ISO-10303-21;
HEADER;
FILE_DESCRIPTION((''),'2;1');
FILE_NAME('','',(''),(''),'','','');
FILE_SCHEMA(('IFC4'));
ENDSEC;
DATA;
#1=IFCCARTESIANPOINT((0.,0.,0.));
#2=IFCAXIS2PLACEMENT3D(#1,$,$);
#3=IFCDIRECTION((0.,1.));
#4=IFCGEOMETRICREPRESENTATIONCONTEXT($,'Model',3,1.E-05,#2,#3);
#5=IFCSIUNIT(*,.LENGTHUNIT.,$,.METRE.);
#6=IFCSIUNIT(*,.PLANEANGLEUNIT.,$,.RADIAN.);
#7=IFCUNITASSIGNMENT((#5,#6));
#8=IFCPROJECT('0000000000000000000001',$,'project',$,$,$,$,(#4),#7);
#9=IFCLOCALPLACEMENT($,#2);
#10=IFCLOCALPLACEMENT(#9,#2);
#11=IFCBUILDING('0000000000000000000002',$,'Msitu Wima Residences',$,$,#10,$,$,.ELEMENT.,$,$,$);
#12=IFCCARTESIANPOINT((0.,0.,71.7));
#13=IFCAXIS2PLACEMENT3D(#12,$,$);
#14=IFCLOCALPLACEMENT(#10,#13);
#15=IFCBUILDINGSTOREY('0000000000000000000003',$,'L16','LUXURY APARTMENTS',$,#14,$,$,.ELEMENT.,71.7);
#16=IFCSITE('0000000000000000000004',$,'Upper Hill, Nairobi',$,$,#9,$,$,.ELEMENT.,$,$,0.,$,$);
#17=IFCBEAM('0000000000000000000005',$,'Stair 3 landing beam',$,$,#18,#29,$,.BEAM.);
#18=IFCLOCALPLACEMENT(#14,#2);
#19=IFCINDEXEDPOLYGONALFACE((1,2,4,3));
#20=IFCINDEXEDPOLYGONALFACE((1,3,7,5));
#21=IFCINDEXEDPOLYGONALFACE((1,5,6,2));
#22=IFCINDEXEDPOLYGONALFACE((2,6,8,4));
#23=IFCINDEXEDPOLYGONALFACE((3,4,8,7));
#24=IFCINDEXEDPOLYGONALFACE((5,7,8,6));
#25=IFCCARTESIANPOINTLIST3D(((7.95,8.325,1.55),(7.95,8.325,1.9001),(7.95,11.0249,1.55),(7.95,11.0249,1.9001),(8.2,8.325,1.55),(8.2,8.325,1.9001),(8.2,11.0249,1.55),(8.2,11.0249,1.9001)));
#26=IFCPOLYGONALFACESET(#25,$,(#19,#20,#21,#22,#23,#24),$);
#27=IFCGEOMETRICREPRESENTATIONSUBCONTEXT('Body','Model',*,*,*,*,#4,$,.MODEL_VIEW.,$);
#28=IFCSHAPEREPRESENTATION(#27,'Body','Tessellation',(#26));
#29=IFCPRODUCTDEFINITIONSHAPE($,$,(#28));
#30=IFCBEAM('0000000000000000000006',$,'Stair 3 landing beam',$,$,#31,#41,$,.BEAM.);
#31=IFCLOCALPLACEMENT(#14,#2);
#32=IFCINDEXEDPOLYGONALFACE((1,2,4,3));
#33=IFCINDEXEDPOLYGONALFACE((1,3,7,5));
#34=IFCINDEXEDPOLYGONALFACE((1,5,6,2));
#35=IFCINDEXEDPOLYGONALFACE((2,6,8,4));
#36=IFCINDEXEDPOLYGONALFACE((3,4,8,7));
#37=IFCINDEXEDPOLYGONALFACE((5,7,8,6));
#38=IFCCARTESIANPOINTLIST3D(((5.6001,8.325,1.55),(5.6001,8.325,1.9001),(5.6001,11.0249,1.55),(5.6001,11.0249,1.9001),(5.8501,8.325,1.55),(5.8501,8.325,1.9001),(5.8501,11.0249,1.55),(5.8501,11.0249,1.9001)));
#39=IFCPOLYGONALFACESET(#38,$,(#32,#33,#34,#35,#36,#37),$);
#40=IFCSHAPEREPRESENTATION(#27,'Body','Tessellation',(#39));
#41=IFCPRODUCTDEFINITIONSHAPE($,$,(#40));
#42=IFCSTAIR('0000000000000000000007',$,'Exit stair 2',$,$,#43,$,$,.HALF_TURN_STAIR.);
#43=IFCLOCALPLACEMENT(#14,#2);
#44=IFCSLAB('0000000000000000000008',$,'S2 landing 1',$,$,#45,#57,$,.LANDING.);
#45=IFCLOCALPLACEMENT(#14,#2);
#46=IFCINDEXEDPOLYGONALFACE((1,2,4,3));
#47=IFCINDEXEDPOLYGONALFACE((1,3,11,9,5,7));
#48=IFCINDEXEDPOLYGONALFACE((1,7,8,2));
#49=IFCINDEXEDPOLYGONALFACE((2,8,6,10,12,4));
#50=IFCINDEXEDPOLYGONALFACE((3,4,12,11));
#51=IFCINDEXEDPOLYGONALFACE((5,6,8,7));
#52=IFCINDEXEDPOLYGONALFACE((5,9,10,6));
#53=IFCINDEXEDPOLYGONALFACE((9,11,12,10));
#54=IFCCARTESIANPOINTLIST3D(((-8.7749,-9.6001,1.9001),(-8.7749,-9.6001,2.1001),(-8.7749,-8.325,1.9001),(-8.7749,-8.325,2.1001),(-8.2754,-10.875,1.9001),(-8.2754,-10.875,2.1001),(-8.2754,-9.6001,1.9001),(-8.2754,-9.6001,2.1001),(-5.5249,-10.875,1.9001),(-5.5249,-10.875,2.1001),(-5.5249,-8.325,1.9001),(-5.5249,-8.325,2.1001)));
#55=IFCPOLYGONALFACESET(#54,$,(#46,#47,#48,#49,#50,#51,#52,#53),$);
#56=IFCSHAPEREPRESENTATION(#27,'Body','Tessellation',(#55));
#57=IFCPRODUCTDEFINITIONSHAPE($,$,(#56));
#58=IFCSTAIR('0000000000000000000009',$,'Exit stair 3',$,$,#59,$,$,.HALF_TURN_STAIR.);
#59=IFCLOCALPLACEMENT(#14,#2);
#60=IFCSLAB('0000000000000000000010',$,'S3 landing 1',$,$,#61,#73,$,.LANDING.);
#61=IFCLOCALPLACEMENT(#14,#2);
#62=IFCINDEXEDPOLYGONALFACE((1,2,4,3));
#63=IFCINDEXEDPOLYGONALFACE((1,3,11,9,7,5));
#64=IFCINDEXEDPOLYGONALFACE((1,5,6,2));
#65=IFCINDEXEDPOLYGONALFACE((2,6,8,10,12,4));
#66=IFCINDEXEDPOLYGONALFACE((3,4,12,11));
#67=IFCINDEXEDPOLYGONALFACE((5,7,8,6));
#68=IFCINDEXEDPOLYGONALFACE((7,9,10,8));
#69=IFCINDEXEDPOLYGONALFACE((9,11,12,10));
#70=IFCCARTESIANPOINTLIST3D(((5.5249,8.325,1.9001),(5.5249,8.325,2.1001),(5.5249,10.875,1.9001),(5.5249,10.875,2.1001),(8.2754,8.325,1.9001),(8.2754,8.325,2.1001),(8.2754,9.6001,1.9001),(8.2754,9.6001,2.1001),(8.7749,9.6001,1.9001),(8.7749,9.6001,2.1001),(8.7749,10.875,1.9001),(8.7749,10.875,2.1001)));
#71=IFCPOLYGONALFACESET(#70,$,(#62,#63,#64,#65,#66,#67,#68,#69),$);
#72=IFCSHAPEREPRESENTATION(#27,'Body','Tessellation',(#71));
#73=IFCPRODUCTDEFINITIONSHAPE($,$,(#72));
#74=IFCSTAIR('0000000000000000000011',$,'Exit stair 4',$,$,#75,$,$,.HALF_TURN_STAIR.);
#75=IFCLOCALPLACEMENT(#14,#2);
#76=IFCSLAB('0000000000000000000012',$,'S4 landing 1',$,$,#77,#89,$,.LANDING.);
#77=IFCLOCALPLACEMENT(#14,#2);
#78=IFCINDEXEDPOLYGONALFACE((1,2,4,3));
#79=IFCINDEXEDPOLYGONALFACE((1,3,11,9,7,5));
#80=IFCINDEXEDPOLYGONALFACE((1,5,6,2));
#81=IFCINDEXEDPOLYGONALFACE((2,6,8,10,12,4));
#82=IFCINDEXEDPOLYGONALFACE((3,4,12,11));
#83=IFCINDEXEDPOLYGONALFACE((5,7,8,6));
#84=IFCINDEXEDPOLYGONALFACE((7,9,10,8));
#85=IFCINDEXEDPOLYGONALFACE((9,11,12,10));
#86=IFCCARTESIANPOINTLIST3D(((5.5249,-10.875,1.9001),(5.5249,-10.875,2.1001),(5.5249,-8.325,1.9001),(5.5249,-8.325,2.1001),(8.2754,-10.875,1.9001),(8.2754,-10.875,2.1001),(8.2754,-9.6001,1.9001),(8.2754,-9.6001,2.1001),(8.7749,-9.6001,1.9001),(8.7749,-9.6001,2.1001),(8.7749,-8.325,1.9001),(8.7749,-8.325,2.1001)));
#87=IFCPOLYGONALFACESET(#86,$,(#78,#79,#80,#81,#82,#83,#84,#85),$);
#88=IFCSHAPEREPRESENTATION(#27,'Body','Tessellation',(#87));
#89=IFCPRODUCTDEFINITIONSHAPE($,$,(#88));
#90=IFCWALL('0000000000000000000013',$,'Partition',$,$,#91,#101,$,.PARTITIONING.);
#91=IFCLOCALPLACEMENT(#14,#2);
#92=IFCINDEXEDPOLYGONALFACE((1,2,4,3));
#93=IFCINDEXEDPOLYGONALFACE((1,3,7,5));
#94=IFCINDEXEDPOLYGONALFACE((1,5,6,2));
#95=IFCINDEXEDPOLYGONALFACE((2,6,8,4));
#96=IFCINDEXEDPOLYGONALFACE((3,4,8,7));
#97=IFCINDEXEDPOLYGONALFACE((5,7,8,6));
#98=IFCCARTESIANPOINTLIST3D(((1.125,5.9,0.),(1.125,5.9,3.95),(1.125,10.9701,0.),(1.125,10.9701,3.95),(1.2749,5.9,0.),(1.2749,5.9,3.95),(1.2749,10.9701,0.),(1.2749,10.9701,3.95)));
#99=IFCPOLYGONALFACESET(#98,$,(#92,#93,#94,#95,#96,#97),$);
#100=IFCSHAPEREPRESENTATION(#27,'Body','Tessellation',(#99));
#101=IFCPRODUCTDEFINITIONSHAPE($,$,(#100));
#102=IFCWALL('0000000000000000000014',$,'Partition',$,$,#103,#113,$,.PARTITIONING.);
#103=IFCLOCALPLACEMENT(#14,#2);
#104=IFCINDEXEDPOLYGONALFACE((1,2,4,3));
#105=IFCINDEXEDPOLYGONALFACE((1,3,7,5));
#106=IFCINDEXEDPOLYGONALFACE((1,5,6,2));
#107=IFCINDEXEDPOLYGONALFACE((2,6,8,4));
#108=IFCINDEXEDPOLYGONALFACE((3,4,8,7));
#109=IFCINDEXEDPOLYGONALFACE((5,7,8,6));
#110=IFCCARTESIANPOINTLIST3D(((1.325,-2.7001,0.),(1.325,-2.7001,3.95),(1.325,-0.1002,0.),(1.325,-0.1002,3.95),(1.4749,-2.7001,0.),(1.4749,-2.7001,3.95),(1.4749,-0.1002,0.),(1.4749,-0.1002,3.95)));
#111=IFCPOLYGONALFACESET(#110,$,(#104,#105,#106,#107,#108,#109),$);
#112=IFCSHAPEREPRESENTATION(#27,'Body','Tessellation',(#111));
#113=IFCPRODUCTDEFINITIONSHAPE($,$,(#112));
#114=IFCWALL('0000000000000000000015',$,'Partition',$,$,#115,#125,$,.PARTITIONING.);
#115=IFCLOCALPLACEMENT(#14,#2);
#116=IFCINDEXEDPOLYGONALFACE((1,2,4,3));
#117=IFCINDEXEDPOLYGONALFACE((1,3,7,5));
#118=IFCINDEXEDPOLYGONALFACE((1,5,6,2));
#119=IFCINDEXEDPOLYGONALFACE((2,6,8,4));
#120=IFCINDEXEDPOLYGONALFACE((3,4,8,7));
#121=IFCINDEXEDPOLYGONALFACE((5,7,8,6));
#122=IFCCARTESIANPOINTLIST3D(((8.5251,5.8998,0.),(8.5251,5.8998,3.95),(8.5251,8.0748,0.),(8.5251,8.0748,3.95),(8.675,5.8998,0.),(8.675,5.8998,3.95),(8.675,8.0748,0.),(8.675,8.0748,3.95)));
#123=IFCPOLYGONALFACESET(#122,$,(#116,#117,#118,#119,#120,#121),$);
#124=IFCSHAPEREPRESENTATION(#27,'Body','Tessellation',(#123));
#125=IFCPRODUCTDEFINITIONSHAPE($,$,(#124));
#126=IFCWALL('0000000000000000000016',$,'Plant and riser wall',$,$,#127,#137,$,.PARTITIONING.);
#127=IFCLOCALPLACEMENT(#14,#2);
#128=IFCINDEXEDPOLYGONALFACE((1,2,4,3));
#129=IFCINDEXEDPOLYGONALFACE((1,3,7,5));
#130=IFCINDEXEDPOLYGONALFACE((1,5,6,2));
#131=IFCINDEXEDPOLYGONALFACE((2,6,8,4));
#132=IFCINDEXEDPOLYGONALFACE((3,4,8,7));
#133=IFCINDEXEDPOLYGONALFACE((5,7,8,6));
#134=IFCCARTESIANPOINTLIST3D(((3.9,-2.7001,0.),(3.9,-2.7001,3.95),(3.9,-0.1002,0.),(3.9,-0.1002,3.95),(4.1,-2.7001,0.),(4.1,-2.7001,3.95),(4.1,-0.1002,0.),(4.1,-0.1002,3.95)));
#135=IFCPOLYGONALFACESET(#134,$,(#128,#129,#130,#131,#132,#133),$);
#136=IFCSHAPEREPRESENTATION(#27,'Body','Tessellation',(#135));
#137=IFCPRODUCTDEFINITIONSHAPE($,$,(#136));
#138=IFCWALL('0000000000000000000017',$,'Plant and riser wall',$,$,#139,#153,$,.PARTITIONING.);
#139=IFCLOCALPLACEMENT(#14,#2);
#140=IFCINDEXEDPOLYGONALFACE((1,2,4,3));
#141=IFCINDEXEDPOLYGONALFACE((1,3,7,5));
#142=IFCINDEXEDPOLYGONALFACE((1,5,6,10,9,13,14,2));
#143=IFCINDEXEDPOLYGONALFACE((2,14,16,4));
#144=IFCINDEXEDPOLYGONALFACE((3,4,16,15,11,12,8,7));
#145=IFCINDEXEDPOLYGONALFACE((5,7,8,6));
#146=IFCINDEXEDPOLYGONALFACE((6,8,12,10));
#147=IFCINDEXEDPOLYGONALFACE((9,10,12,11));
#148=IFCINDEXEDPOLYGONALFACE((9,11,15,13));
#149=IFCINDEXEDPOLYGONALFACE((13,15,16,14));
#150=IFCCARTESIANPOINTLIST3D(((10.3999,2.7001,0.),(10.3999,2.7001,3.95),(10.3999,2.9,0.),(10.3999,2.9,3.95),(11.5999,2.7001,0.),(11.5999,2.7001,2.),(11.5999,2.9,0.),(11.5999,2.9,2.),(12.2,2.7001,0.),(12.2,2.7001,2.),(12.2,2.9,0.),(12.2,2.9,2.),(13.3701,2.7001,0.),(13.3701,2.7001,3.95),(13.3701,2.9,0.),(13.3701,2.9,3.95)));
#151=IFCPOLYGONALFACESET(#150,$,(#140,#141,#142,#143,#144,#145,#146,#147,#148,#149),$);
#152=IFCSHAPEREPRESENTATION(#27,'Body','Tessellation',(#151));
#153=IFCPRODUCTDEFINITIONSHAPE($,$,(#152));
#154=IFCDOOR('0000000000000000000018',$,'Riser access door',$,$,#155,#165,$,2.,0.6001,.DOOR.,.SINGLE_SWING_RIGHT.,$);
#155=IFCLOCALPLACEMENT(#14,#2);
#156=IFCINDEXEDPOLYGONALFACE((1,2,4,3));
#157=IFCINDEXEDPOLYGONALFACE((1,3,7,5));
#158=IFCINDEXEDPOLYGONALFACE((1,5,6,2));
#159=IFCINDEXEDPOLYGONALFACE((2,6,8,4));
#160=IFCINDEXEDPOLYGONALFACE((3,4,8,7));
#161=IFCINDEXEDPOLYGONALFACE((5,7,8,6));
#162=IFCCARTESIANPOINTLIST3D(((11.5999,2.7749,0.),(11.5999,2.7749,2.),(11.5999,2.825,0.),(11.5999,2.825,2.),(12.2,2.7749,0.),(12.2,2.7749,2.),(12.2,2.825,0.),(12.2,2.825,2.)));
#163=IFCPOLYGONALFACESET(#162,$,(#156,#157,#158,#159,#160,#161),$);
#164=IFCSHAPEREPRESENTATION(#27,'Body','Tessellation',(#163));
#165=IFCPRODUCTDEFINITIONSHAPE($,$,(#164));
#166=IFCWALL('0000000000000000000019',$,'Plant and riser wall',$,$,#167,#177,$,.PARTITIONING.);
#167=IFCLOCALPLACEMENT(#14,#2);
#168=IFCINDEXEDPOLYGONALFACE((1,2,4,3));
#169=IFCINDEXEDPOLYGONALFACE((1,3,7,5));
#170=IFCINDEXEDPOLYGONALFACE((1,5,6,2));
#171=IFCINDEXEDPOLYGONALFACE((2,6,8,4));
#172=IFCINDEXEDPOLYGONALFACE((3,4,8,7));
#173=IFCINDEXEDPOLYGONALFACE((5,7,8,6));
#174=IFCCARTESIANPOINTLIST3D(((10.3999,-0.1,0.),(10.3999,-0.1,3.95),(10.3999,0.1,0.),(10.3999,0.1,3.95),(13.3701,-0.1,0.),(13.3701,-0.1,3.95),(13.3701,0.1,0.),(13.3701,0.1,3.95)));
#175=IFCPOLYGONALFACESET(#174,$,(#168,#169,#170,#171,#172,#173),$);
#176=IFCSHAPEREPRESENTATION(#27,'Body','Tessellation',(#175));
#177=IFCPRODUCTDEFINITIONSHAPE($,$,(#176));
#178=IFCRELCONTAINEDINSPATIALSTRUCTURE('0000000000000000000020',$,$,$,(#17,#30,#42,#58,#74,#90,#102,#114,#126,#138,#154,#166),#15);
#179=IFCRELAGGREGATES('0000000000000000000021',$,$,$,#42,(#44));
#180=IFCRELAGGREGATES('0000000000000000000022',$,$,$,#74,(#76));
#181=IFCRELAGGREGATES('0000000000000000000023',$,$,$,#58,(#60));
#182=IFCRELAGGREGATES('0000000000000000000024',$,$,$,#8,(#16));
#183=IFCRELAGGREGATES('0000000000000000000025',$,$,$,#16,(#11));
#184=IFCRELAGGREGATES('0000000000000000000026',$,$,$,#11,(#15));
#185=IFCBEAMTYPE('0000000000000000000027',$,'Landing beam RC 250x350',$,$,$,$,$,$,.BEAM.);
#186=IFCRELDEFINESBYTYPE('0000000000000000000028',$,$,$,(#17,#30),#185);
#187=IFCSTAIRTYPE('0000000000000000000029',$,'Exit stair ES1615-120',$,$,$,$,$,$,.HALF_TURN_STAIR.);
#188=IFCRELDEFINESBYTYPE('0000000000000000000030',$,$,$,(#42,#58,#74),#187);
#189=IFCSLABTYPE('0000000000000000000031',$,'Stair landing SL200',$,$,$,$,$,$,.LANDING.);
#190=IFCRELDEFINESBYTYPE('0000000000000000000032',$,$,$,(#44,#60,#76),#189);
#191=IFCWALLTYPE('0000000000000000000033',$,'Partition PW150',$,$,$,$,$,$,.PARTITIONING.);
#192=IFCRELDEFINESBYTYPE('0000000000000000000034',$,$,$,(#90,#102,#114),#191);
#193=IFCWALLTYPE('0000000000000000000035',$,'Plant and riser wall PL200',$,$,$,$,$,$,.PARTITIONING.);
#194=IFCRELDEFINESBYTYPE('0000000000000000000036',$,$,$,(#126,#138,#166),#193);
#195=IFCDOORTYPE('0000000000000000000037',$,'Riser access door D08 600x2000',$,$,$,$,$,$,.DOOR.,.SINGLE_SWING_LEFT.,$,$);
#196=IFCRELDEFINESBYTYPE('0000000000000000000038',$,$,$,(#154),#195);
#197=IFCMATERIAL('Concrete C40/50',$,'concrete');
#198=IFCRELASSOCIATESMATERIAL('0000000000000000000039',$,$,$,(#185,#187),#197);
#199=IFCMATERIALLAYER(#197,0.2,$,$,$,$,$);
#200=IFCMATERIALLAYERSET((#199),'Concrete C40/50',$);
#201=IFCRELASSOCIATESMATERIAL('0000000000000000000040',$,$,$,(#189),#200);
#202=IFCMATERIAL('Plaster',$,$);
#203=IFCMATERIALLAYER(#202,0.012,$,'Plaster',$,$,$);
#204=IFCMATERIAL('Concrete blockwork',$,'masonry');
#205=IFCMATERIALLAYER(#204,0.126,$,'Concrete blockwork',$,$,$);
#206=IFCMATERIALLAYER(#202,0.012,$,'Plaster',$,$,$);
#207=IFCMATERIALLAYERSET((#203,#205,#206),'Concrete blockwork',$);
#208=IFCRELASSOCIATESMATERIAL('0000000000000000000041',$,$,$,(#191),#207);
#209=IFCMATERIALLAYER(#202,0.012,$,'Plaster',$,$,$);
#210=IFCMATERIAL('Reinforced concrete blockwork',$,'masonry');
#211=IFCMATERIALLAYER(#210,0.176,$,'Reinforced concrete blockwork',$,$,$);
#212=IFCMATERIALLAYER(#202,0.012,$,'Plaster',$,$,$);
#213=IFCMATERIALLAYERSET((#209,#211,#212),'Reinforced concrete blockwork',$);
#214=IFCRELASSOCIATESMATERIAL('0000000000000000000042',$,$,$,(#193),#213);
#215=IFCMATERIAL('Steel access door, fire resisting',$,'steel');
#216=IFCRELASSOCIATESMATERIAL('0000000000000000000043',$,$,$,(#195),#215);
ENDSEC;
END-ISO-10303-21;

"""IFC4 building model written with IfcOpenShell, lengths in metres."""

from ifc_helpers import new_model, si_unit, direction, frame, frame_2d, origin, origin_2d, place, context, subcontext, project, spatial, polyline, rectangle, outline, extrude, material, layer, layer_set, material_profile, profile_set, type_object, element, fill, aggregate, save


model = new_model("IFC4")

# Units and contexts
model_context = context("Model", 3, precision=1e-05, world=origin(), true_north=direction((0.0, 1.0)))
body_context = subcontext(model_context, "Body", "Model", "MODEL_VIEW")
ifc_project = project(units=[si_unit("LENGTHUNIT", "METRE"), si_unit("PLANEANGLEUNIT", "RADIAN")], contexts=[model_context])

# Site, building, storey
site_placement = place(None, origin())
site = spatial("IfcSite", under=ifc_project, at=site_placement, Name="Upper Hill, Nairobi", CompositionType="ELEMENT", RefElevation=0.0)
building_placement = place(site_placement, origin())
building = spatial("IfcBuilding", under=site, at=building_placement, Name="Msitu Wima Residences", CompositionType="ELEMENT")
storey_placement = place(building_placement, frame((0.0, 0.0, 71.7)))
storey = spatial("IfcBuildingStorey", under=building, at=storey_placement, Name="L16", Description="LUXURY APARTMENTS", CompositionType="ELEMENT", Elevation=71.7)

# Beams
ifc_material_1 = material(Name="Concrete C40/50", Category="concrete")
ifc_material_profile = material_profile(ifc_material_1, rectangle(XDim=0.25, YDim=0.3501, at=origin_2d()), Name="RC 250x350")
ifc_profile_set = profile_set([ifc_material_profile], Name="Concrete C40/50")
beam_type = type_object("IfcBeamType", Name="Landing beam RC 250x350", PredefinedType="BEAM", material=ifc_profile_set)
for number, where, z_axis, x_axis, name in (
    (1, (8.075, 8.325, 1.7251), (0.0, 1.0, 0.0), (-1.0, 0.0, 0.0), "Stair 3 landing beam"),
    (2, (5.7251, 8.325, 1.7251), (0.0, 1.0, 0.0), (-1.0, 0.0, 0.0), "Stair 3 landing beam"),
):
    element("IfcBeam", number, at=place(storey_placement, frame(where, z_axis=z_axis, x_axis=x_axis)), inside=storey, type_object=beam_type, Name=name, PredefinedType="BEAM", context=body_context, shape_type="SweptSolid", body=[
        extrude(rectangle(XDim=0.25, YDim=0.3501, at=origin_2d()), origin(), (0.0, 0.0, 1.0), 2.7),
    ])

# Stairs, slabs
stair_type = type_object("IfcStairType", Name="Exit stair ES1615-120", PredefinedType="HALF_TURN_STAIR", material=ifc_material_1)
stair_1_placement = place(storey_placement, origin())
stair_1 = element("IfcStair", 3, at=stair_1_placement, inside=storey, type_object=stair_type, Name="Exit stair 2", PredefinedType="HALF_TURN_STAIR")
ifc_layer_1 = layer(ifc_material_1, 0.2)
ifc_layer_set_1 = layer_set([ifc_layer_1], Name="Concrete C40/50")
slab_type = type_object("IfcSlabType", Name="Stair landing SL200", PredefinedType="LANDING", material=ifc_layer_set_1)
slab_1_placement = place(storey_placement, frame((0.0, 0.0, 1.9001)))
slab_1 = element("IfcSlab", 4, at=slab_1_placement, type_object=slab_type, Name="S2 landing 1", PredefinedType="LANDING", context=body_context, shape_type="SweptSolid", body=[
    extrude(outline(polyline([(-5.5249, -10.875), (-8.2754, -10.875), (-8.2754, -9.6001), (-8.7749, -9.6001), (-8.7749, -8.325), (-5.5249, -8.325), (-5.5249, -10.875)])), origin(), (0.0, 0.0, 1.0), 0.2),
])
aggregate(stair_1, [slab_1])
stair_2_placement = place(storey_placement, origin())
stair_2 = element("IfcStair", 5, at=stair_2_placement, inside=storey, type_object=stair_type, Name="Exit stair 3", PredefinedType="HALF_TURN_STAIR")
slab_2_placement = place(storey_placement, frame((0.0, 0.0, 1.9001)))
slab_2 = element("IfcSlab", 6, at=slab_2_placement, type_object=slab_type, Name="S3 landing 1", PredefinedType="LANDING", context=body_context, shape_type="SweptSolid", body=[
    extrude(outline(polyline([(5.5249, 8.325), (8.2754, 8.325), (8.2754, 9.6001), (8.7749, 9.6001), (8.7749, 10.875), (5.5249, 10.875), (5.5249, 8.325)])), origin(), (0.0, 0.0, 1.0), 0.2),
])
stair_3_placement = place(storey_placement, origin())
stair_3 = element("IfcStair", 7, at=stair_3_placement, inside=storey, type_object=stair_type, Name="Exit stair 4", PredefinedType="HALF_TURN_STAIR")
slab_3_placement = place(storey_placement, frame((0.0, 0.0, 1.9001)))
slab_3 = element("IfcSlab", 8, at=slab_3_placement, type_object=slab_type, Name="S4 landing 1", PredefinedType="LANDING", context=body_context, shape_type="SweptSolid", body=[
    extrude(outline(polyline([(5.5249, -10.875), (8.2754, -10.875), (8.2754, -9.6001), (8.7749, -9.6001), (8.7749, -8.325), (5.5249, -8.325), (5.5249, -10.875)])), origin(), (0.0, 0.0, 1.0), 0.2),
])
aggregate(stair_3, [slab_3])

# Walls
ifc_material_2 = material(Name="Plaster")
ifc_layer_2 = layer(ifc_material_2, 0.012, Name="Plaster")
ifc_material_3 = material(Name="Concrete blockwork", Category="masonry")
ifc_layer_3 = layer(ifc_material_3, 0.126, Name="Concrete blockwork")
ifc_layer_4 = layer(ifc_material_2, 0.012, Name="Plaster")
ifc_layer_set_2 = layer_set([ifc_layer_2, ifc_layer_3, ifc_layer_4], Name="Concrete blockwork")
wall_type_1 = type_object("IfcWallType", Name="Partition PW150", PredefinedType="PARTITIONING", material=ifc_layer_set_2)
wall_1_placement = place(storey_placement, frame((1.2, 5.8999, 0.0), z_axis=(0.0, 0.0, 1.0), x_axis=(0.0, 1.0, 0.0)))
element("IfcWall", 9, at=wall_1_placement, inside=storey, type_object=wall_type_1, Name="Partition", PredefinedType="PARTITIONING", context=body_context, shape_type="SweptSolid", body=[
    extrude(rectangle(XDim=5.0701, YDim=0.1499, at=frame_2d((2.5352, 0.0))), origin(), (0.0, 0.0, 1.0), 3.95),
])
wall_2_placement = place(storey_placement, frame((1.3999, -2.7, 0.0), z_axis=(0.0, 0.0, 1.0), x_axis=(0.0, 1.0, 0.0)))
element("IfcWall", 10, at=wall_2_placement, inside=storey, type_object=wall_type_1, Name="Partition", PredefinedType="PARTITIONING", context=body_context, shape_type="SweptSolid", body=[
    extrude(rectangle(XDim=2.5999, YDim=0.1499, at=frame_2d((1.2998, 0.0))), origin(), (0.0, 0.0, 1.0), 3.95),
])
wall_3_placement = place(storey_placement, frame((8.6001, 5.8999, 0.0), z_axis=(0.0, 0.0, 1.0), x_axis=(0.0, 1.0, 0.0)))
element("IfcWall", 11, at=wall_3_placement, inside=storey, type_object=wall_type_1, Name="Partition", PredefinedType="PARTITIONING", context=body_context, shape_type="SweptSolid", body=[
    extrude(rectangle(XDim=2.175, YDim=0.1499, at=frame_2d((1.0874, 0.0))), origin(), (0.0, 0.0, 1.0), 3.95),
])
ifc_layer_5 = layer(ifc_material_2, 0.012, Name="Plaster")
ifc_material_4 = material(Name="Reinforced concrete blockwork", Category="masonry")
ifc_layer_6 = layer(ifc_material_4, 0.176, Name="Reinforced concrete blockwork")
ifc_layer_7 = layer(ifc_material_2, 0.012, Name="Plaster")
ifc_layer_set_3 = layer_set([ifc_layer_5, ifc_layer_6, ifc_layer_7], Name="Reinforced concrete blockwork")
wall_type_2 = type_object("IfcWallType", Name="Plant and riser wall PL200", PredefinedType="PARTITIONING", material=ifc_layer_set_3)
wall_4_placement = place(storey_placement, frame((4.0, -2.7, 0.0), z_axis=(0.0, 0.0, 1.0), x_axis=(0.0, 1.0, 0.0)))
element("IfcWall", 12, at=wall_4_placement, inside=storey, type_object=wall_type_2, Name="Plant and riser wall", PredefinedType="PARTITIONING", context=body_context, shape_type="SweptSolid", body=[
    extrude(rectangle(XDim=2.5999, YDim=0.2, at=frame_2d((1.2998, 0.0))), origin(), (0.0, 0.0, 1.0), 3.95),
])

# Wall, opening, door
wall_5_placement = place(storey_placement, frame((10.3999, 2.8, 0.0), z_axis=(0.0, 0.0, 1.0), x_axis=(1.0, 0.0, 0.0)))
wall_5 = element("IfcWall", 13, at=wall_5_placement, inside=storey, type_object=wall_type_2, Name="Plant and riser wall", PredefinedType="PARTITIONING", context=body_context, shape_type="SweptSolid", body=[
    extrude(rectangle(XDim=2.9702, YDim=0.2, at=frame_2d((1.4851, 0.0))), origin(), (0.0, 0.0, 1.0), 3.95),
])
opening_placement = place(wall_5_placement, frame((1.2, 0.0, 0.0)))
opening = element("IfcOpeningElement", 14, at=opening_placement, cuts=wall_5, PredefinedType="OPENING", context=body_context, shape_type="SweptSolid", body=[
    extrude(rectangle(XDim=0.6001, YDim=2.0, at=frame_2d((0.3, 1.0))), frame((0.0, 0.1099, 0.0), z_axis=(0.0, -1.0, 0.0), x_axis=(1.0, 0.0, 0.0)), (0.0, 0.0, 1.0), 0.22),
])
ifc_material_5 = material(Name="Steel access door, fire resisting", Category="steel")
door_type = type_object("IfcDoorType", Name="Riser access door D08 600x2000", OperationType="SINGLE_SWING_LEFT", PredefinedType="DOOR", material=ifc_material_5)
door_placement = place(opening_placement, origin())
door = element("IfcDoor", 15, at=door_placement, inside=storey, type_object=door_type, Name="Riser access door", OperationType="SINGLE_SWING_RIGHT", OverallHeight=2.0, OverallWidth=0.6001, PredefinedType="DOOR", context=body_context, shape_type="SweptSolid", body=[
    extrude(rectangle(XDim=0.6001, YDim=2.0, at=frame_2d((0.3, 1.0))), frame((0.0, 0.0249, 0.0), z_axis=(0.0, -1.0, 0.0), x_axis=(1.0, 0.0, 0.0)), (0.0, 0.0, 1.0), 0.05),
])
fill(opening, door)

# Wall
wall_6_placement = place(storey_placement, frame((10.3999, 0.0, 0.0), z_axis=(0.0, 0.0, 1.0), x_axis=(1.0, 0.0, 0.0)))
element("IfcWall", 16, at=wall_6_placement, inside=storey, type_object=wall_type_2, Name="Plant and riser wall", PredefinedType="PARTITIONING", context=body_context, shape_type="SweptSolid", body=[
    extrude(rectangle(XDim=2.9702, YDim=0.2, at=frame_2d((1.4851, 0.0))), origin(), (0.0, 0.0, 1.0), 3.95),
])

aggregate(stair_2, [slab_2])

save(model, "model.ifc")
